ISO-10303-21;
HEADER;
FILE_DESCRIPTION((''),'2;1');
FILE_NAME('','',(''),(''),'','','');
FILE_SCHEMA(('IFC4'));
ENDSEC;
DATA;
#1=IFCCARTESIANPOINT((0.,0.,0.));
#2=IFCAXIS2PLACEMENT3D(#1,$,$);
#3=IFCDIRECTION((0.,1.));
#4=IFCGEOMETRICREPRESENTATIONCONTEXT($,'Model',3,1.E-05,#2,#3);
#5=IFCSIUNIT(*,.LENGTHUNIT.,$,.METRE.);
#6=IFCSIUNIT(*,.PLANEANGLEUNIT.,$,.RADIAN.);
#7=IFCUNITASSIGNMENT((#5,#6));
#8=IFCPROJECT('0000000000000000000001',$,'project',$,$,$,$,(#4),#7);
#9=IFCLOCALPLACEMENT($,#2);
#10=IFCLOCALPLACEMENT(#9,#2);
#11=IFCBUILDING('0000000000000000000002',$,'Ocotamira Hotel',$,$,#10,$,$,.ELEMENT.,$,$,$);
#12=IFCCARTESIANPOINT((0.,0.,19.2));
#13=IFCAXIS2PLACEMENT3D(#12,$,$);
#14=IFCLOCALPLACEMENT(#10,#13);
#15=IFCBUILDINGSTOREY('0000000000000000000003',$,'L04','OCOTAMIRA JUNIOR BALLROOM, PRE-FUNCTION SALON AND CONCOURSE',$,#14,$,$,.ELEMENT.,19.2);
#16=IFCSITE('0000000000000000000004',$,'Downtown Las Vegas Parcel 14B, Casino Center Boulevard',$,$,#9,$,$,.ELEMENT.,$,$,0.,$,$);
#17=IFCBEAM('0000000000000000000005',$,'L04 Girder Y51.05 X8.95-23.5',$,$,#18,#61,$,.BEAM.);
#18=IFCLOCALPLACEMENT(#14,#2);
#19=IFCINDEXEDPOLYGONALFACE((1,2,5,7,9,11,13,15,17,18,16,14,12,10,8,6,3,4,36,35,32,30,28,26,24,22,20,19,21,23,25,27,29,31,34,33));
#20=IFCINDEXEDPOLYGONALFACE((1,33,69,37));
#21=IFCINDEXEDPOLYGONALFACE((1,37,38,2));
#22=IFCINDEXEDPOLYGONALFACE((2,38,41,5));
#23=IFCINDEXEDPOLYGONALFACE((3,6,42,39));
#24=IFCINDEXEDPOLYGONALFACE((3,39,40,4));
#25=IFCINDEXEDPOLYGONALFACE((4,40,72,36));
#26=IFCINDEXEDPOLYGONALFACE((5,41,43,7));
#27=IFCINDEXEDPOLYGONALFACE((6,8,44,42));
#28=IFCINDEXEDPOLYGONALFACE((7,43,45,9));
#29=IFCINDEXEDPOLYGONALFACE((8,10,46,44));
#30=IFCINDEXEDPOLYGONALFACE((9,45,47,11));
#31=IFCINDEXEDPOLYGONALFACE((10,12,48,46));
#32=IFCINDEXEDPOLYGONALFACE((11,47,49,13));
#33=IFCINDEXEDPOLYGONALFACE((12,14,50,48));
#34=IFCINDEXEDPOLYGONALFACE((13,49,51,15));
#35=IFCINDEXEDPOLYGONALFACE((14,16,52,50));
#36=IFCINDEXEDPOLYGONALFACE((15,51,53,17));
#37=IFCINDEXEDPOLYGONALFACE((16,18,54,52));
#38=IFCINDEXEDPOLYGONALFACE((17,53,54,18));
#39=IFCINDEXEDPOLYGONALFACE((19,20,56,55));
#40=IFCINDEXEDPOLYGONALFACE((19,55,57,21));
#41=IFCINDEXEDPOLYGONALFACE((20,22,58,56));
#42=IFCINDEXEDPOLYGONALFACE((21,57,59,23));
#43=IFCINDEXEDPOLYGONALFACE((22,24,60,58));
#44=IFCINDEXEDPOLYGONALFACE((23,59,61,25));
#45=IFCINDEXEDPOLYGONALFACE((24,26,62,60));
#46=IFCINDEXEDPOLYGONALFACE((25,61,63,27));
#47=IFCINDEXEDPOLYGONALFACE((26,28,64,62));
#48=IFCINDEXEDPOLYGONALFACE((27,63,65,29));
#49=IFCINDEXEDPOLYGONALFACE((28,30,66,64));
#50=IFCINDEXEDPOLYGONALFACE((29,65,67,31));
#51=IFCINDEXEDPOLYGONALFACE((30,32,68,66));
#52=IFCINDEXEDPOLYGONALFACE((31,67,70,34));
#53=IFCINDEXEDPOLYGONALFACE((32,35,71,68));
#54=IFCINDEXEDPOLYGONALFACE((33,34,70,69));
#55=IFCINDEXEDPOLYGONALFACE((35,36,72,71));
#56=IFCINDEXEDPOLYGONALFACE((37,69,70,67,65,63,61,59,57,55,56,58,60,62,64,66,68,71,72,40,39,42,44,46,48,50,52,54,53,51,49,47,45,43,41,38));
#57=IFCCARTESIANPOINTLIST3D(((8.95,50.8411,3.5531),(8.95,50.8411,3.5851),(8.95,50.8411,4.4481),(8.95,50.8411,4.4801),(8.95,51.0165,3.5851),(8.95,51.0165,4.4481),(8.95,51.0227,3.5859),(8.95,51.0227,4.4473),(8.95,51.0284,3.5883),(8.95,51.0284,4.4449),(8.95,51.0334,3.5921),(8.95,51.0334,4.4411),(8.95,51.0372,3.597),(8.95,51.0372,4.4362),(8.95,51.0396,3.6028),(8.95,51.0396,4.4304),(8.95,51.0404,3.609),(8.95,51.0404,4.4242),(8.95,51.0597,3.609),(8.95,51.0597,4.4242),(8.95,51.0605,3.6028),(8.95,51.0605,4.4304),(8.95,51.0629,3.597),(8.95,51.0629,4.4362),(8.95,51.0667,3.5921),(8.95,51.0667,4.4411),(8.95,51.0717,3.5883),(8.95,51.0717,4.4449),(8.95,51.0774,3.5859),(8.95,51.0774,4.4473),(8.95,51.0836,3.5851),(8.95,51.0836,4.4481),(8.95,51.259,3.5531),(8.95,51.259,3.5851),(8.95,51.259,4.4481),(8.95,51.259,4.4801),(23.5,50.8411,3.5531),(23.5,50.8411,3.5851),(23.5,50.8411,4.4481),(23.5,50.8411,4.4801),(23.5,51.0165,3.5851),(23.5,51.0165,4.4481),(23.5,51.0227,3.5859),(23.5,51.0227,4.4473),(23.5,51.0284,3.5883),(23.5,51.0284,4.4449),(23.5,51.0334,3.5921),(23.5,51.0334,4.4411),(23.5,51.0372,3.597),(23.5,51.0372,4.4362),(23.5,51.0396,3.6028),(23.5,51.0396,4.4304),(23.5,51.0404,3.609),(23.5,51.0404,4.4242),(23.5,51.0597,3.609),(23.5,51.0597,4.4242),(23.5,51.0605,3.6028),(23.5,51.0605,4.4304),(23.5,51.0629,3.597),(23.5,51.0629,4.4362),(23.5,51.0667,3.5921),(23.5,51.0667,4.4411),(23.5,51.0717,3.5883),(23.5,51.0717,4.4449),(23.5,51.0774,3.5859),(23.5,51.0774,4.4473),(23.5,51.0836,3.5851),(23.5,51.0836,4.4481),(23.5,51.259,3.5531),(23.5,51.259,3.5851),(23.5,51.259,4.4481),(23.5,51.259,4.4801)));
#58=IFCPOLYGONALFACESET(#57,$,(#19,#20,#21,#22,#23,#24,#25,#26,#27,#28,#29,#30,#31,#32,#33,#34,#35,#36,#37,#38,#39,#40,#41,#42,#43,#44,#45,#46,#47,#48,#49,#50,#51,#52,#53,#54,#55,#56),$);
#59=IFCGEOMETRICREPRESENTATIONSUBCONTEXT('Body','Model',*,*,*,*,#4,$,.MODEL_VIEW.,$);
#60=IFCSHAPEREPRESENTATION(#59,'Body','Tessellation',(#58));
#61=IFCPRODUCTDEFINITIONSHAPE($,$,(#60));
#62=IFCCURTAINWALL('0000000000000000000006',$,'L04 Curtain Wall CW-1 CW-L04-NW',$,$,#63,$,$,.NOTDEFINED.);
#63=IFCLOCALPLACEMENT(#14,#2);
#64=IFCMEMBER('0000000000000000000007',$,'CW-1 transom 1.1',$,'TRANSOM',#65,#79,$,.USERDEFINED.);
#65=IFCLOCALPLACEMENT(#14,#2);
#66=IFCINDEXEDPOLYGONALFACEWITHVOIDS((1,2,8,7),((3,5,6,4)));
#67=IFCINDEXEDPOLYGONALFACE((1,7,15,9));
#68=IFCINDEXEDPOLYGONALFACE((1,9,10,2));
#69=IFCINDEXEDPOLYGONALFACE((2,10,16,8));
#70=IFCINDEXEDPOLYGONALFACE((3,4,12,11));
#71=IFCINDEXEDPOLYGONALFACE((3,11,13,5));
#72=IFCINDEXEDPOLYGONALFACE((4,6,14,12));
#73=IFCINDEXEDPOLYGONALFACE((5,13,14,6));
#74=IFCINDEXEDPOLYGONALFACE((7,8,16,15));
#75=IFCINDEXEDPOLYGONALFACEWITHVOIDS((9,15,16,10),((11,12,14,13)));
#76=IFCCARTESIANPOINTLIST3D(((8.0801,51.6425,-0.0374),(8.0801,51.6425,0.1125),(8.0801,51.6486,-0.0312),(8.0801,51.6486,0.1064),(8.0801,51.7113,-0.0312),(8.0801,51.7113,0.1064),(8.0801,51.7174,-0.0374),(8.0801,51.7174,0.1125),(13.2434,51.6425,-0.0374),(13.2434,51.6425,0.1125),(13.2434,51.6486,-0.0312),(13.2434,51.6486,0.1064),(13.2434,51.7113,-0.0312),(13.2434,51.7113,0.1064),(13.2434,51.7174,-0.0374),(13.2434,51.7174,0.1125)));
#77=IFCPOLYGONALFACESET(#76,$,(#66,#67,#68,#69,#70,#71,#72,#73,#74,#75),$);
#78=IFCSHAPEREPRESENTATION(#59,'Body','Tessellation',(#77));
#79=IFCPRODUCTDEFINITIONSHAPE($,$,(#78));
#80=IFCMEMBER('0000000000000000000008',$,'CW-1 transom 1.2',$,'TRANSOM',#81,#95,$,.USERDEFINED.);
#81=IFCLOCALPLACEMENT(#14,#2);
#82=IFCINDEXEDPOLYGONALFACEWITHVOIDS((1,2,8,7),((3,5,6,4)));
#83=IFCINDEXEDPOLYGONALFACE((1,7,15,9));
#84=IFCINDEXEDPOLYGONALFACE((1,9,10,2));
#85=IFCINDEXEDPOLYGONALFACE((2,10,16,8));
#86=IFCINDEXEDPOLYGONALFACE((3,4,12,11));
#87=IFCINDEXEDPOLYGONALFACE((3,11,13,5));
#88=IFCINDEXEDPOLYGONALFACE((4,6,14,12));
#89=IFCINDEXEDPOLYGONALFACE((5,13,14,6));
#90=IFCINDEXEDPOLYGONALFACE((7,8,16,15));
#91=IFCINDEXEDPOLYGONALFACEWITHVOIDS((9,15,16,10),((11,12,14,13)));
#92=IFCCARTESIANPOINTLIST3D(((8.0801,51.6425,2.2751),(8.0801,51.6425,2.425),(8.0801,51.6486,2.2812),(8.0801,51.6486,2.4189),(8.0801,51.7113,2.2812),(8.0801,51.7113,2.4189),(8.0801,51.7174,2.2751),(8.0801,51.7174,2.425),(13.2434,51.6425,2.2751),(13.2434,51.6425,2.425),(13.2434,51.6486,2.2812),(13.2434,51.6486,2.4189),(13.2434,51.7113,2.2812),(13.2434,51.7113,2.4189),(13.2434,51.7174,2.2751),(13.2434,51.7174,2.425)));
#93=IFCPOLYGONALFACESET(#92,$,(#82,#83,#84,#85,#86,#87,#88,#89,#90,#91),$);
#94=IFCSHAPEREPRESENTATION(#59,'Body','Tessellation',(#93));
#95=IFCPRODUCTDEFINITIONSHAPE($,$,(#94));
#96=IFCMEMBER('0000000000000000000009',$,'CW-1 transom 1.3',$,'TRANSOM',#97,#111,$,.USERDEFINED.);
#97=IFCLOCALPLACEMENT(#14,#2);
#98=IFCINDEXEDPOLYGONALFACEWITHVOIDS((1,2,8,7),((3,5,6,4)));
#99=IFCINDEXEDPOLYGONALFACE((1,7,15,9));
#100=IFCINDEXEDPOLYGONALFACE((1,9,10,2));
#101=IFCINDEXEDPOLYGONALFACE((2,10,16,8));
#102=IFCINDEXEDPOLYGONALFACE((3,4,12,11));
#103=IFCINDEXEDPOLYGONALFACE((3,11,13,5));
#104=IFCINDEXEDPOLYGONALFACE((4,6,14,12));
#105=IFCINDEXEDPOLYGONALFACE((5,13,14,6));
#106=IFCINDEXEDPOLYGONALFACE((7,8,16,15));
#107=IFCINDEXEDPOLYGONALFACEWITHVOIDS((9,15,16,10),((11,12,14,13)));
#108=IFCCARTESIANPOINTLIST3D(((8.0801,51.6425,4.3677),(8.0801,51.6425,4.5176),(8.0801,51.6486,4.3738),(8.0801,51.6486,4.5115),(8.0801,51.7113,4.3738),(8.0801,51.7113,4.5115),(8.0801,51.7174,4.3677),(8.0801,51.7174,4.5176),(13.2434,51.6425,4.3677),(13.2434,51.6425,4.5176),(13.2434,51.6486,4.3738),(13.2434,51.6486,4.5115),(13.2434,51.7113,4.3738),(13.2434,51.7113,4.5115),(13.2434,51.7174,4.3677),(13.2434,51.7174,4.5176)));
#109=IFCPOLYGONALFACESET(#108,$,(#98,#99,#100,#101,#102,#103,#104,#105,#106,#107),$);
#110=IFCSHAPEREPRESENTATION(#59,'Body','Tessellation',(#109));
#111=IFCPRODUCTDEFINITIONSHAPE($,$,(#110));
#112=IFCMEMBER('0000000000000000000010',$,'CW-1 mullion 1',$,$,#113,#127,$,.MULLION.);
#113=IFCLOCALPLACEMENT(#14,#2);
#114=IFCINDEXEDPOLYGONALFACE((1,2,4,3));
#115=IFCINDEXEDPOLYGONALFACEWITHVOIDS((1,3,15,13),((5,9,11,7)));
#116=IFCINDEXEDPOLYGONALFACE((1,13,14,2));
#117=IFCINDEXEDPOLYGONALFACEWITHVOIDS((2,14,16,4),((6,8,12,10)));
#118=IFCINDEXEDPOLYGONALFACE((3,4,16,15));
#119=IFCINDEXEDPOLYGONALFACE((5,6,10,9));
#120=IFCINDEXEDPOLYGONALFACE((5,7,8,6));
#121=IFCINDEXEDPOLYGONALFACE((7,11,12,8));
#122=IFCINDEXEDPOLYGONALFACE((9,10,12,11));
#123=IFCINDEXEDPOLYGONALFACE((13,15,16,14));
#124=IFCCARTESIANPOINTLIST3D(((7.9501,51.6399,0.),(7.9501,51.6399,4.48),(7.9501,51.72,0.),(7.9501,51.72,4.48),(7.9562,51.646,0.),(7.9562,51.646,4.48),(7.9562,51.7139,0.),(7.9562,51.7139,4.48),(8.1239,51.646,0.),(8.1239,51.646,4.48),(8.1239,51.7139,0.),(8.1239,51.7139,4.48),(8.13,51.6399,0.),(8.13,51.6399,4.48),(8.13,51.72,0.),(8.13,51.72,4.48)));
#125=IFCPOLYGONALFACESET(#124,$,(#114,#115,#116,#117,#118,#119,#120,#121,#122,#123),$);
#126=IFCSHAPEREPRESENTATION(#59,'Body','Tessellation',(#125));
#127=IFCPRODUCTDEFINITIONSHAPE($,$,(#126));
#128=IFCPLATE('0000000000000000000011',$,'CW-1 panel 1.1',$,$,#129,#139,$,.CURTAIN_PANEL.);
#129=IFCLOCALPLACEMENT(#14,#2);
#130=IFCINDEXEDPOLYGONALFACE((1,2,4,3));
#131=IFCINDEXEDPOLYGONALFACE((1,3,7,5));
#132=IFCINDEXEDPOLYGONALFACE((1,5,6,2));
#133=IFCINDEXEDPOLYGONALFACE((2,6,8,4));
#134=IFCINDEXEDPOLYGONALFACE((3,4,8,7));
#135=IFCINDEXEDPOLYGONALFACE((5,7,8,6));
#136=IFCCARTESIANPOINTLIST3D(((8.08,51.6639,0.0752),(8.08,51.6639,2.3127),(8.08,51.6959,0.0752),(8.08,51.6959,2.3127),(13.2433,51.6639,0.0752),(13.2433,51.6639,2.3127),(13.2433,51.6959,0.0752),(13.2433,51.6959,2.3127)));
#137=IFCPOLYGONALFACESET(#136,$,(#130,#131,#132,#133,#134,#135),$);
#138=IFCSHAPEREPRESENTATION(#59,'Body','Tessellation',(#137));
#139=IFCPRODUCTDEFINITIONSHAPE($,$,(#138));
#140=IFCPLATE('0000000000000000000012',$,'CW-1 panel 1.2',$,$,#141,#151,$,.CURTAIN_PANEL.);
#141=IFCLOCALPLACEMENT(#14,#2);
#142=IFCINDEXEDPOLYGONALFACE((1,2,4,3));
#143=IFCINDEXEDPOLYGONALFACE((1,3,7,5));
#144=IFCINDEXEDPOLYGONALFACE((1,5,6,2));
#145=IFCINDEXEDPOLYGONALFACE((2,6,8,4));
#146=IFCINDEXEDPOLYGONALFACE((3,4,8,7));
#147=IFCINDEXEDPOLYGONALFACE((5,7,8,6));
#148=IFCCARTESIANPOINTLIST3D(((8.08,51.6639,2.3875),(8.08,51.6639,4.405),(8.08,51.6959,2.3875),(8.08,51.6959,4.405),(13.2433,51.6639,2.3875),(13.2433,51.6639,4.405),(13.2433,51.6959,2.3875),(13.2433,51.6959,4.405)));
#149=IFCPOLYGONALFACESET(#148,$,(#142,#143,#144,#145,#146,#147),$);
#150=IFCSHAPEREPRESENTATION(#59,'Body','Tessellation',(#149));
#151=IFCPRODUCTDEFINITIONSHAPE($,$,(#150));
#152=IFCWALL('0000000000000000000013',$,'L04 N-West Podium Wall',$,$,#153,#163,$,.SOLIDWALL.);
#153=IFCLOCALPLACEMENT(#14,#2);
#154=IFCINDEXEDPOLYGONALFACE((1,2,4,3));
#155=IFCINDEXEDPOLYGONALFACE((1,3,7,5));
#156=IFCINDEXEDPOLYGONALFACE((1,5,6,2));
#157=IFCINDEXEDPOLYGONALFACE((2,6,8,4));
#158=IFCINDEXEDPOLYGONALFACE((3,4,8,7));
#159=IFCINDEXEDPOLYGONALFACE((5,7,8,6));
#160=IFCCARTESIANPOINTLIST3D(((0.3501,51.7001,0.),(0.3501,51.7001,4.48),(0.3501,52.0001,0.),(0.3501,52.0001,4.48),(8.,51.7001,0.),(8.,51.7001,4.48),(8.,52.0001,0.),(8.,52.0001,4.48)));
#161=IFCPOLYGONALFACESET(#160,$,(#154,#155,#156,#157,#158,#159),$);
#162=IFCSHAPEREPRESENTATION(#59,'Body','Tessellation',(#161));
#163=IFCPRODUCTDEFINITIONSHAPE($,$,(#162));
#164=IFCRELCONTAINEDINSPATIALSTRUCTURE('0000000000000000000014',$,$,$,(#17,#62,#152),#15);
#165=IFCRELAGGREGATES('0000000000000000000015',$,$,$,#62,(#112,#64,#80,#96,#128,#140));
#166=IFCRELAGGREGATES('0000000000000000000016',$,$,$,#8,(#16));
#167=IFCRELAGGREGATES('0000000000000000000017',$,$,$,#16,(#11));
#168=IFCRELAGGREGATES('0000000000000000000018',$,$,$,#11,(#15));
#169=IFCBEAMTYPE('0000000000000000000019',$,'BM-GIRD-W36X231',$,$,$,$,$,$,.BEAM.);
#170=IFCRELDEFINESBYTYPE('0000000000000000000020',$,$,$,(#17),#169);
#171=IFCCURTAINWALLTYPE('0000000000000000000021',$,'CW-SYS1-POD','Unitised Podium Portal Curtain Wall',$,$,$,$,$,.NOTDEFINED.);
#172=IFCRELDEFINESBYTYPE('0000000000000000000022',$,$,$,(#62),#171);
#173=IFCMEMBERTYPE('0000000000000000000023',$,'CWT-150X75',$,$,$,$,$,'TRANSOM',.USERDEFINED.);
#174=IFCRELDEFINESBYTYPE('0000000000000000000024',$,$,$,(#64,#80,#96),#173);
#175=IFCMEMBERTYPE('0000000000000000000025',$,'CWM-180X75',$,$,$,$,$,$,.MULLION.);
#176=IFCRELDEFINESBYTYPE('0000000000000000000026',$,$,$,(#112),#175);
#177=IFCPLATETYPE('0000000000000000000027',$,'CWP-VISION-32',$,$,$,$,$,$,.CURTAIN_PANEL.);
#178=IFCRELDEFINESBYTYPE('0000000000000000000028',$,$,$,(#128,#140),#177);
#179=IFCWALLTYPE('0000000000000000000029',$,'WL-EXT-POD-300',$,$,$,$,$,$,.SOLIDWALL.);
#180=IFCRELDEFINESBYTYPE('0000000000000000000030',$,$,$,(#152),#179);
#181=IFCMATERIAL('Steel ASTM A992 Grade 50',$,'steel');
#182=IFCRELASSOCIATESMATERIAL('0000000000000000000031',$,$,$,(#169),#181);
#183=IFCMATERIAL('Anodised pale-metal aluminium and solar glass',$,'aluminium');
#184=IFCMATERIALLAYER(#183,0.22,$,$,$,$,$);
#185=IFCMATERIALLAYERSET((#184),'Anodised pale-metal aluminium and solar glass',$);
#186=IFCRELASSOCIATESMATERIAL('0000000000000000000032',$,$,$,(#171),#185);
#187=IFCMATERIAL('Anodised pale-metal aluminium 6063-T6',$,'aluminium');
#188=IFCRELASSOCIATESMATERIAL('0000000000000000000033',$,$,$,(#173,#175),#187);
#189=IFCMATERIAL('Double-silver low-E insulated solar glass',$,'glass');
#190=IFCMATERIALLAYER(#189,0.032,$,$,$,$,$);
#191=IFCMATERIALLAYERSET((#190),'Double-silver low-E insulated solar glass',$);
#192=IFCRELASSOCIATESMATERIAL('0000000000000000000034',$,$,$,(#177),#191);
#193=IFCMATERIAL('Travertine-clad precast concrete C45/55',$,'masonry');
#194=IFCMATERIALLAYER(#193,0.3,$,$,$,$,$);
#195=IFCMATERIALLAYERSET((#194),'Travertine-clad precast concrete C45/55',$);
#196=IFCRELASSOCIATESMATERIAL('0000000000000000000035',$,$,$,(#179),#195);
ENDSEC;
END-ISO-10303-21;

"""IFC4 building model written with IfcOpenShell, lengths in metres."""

from ifc_helpers import new_model, si_unit, direction, frame, frame_2d, origin, origin_2d, place, context, subcontext, project, spatial, rectangle, hollow_rectangle, i_section, extrude, source, transform, mapped, material, layer, layer_set, material_profile, profile_set, type_object, element, aggregate, save


model = new_model("IFC4")

# Units and contexts
model_context = context("Model", 3, precision=1e-05, world=origin(), true_north=direction((0.0, 1.0)))
body_context = subcontext(model_context, "Body", "Model", "MODEL_VIEW")
ifc_project = project(units=[si_unit("LENGTHUNIT", "METRE"), si_unit("PLANEANGLEUNIT", "RADIAN")], contexts=[model_context])

# Site, building, storey
site_placement = place(None, origin())
site = spatial("IfcSite", under=ifc_project, at=site_placement, Name="Downtown Las Vegas Parcel 14B, Casino Center Boulevard", CompositionType="ELEMENT", RefElevation=0.0)
building_placement = place(site_placement, origin())
building = spatial("IfcBuilding", under=site, at=building_placement, Name="Ocotamira Hotel", CompositionType="ELEMENT")
storey_placement = place(building_placement, frame((0.0, 0.0, 19.2)))
storey = spatial("IfcBuildingStorey", under=building, at=storey_placement, Name="L04", Description="OCOTAMIRA JUNIOR BALLROOM, PRE-FUNCTION SALON AND CONCOURSE", CompositionType="ELEMENT", Elevation=19.2)

# Beam
ifc_material_1 = material(Name="Steel ASTM A992 Grade 50", Category="steel")
ifc_material_profile_1 = material_profile(ifc_material_1, i_section(OverallWidth=0.418, OverallDepth=0.927, WebThickness=0.0193, FlangeThickness=0.032, FilletRadius=0.0239, at=origin_2d()), Name="W36X231")
ifc_profile_set_1 = profile_set([ifc_material_profile_1], Name="Steel ASTM A992 Grade 50")
beam_type_1 = type_object("IfcBeamType", Name="BM-GIRD-W36X231", PredefinedType="BEAM", material=ifc_profile_set_1)
shared_shape_1 = source(origin(), body_context, "Body", "SweptSolid", [
    extrude(i_section(OverallWidth=0.418, OverallDepth=0.927, WebThickness=0.0193, FlangeThickness=0.032, FilletRadius=0.0239, at=origin_2d()), origin(), (0.0, 0.0, 1.0), 14.55),
])
for number, where, z_axis, x_axis, name in (
    (1, (8.95, 51.05, 4.0166), (1.0, 0.0, 0.0), (0.0, 1.0, 0.0), "L04 Girder Y51.05 X8.95-23.5"),
):
    element("IfcBeam", number, at=place(storey_placement, frame(where, z_axis=z_axis, x_axis=x_axis)), inside=storey, type_object=beam_type_1, Name=name, PredefinedType="BEAM", context=body_context, shape_type="MappedRepresentation", body=[
        mapped(shared_shape_1, transform((0.0, 0.0, 0.0), scale=1.0)),
    ])

# Curtain wall, members, plates
ifc_material_2 = material(Name="Anodised pale-metal aluminium and solar glass", Category="aluminium")
ifc_layer_1 = layer(ifc_material_2, 0.22)
ifc_layer_set_1 = layer_set([ifc_layer_1], Name="Anodised pale-metal aluminium and solar glass")
curtain_wall_type = type_object("IfcCurtainWallType", Name="CW-SYS1-POD", Description="Unitised Podium Portal Curtain Wall", PredefinedType="NOTDEFINED", material=ifc_layer_set_1)
curtain_wall_placement = place(storey_placement, origin())
curtain_wall = element("IfcCurtainWall", 2, at=curtain_wall_placement, inside=storey, type_object=curtain_wall_type, Name="L04 Curtain Wall CW-1 CW-L04-NW", PredefinedType="NOTDEFINED")
ifc_material_3 = material(Name="Anodised pale-metal aluminium 6063-T6", Category="aluminium")
ifc_material_profile_2 = material_profile(ifc_material_3, hollow_rectangle(XDim=0.075, YDim=0.1499, WallThickness=0.0061, at=origin_2d()), Name="HSS150X75X6")
ifc_profile_set_2 = profile_set([ifc_material_profile_2], Name="Anodised pale-metal aluminium 6063-T6")
member_type_1 = type_object("IfcMemberType", Name="CWT-150X75", ElementType="TRANSOM", PredefinedType="USERDEFINED", material=ifc_profile_set_2)
shared_shape_2 = source(origin(), body_context, "Body", "SweptSolid", [
    extrude(hollow_rectangle(XDim=0.075, YDim=0.1499, WallThickness=0.0061, at=origin_2d()), origin(), (0.0, 0.0, 1.0), 5.1633),
])
member_1_placement = place(storey_placement, frame((8.0801, 51.6799, 0.0376), z_axis=(1.0, 0.0, 0.0), x_axis=(0.0, 1.0, 0.0)))
member_1 = element("IfcMember", 3, at=member_1_placement, type_object=member_type_1, Name="CW-1 transom 1.1", ObjectType="TRANSOM", PredefinedType="USERDEFINED", context=body_context, shape_type="MappedRepresentation", body=[
    mapped(shared_shape_2, transform((0.0, 0.0, 0.0), scale=1.0)),
])
member_2_placement = place(storey_placement, frame((8.0801, 51.6799, 2.3501), z_axis=(1.0, 0.0, 0.0), x_axis=(0.0, 1.0, 0.0)))
member_2 = element("IfcMember", 4, at=member_2_placement, type_object=member_type_1, Name="CW-1 transom 1.2", ObjectType="TRANSOM", PredefinedType="USERDEFINED", context=body_context, shape_type="MappedRepresentation", body=[
    mapped(shared_shape_2, transform((0.0, 0.0, 0.0), scale=1.0)),
])
member_3_placement = place(storey_placement, frame((8.0801, 51.6799, 4.4426), z_axis=(1.0, 0.0, 0.0), x_axis=(0.0, 1.0, 0.0)))
member_3 = element("IfcMember", 5, at=member_3_placement, type_object=member_type_1, Name="CW-1 transom 1.3", ObjectType="TRANSOM", PredefinedType="USERDEFINED", context=body_context, shape_type="MappedRepresentation", body=[
    mapped(shared_shape_2, transform((0.0, 0.0, 0.0), scale=1.0)),
])
ifc_material_profile_3 = material_profile(ifc_material_3, hollow_rectangle(XDim=0.0801, YDim=0.1799, WallThickness=0.0061, at=origin_2d()), Name="HSS180X80X6")
ifc_profile_set_3 = profile_set([ifc_material_profile_3], Name="Anodised pale-metal aluminium 6063-T6")
member_type_2 = type_object("IfcMemberType", Name="CWM-180X75", PredefinedType="MULLION", material=ifc_profile_set_3)
shared_shape_3 = source(origin(), body_context, "Body", "SweptSolid", [
    extrude(hollow_rectangle(XDim=0.0801, YDim=0.1799, WallThickness=0.0061, at=origin_2d()), origin(), (0.0, 0.0, 1.0), 4.48),
])
member_4_placement = place(storey_placement, frame((8.04, 51.6799, 0.0), z_axis=(0.0, 0.0, 1.0), x_axis=(0.0, 1.0, 0.0)))
member_4 = element("IfcMember", 6, at=member_4_placement, type_object=member_type_2, Name="CW-1 mullion 1", PredefinedType="MULLION", context=body_context, shape_type="MappedRepresentation", body=[
    mapped(shared_shape_3, transform((0.0, 0.0, 0.0), scale=1.0)),
])
ifc_material_4 = material(Name="Double-silver low-E insulated solar glass", Category="glass")
ifc_layer_2 = layer(ifc_material_4, 0.032)
ifc_layer_set_2 = layer_set([ifc_layer_2], Name="Double-silver low-E insulated solar glass")
plate_type = type_object("IfcPlateType", Name="CWP-VISION-32", PredefinedType="CURTAIN_PANEL", material=ifc_layer_set_2)
shared_shape_4 = source(origin(), body_context, "Body", "SweptSolid", [
    extrude(rectangle(XDim=5.1633, YDim=0.032, at=origin_2d()), origin(), (0.0, 0.0, 1.0), 2.2375),
])
plate_1_placement = place(storey_placement, frame((10.6616, 51.6799, 0.0752), z_axis=(0.0, 0.0, 1.0), x_axis=(1.0, 0.0, 0.0)))
plate_1 = element("IfcPlate", 7, at=plate_1_placement, type_object=plate_type, Name="CW-1 panel 1.1", PredefinedType="CURTAIN_PANEL", context=body_context, shape_type="MappedRepresentation", body=[
    mapped(shared_shape_4, transform((0.0, 0.0, 0.0), scale=1.0)),
])
shared_shape_5 = source(origin(), body_context, "Body", "SweptSolid", [
    extrude(rectangle(XDim=5.1633, YDim=0.032, at=origin_2d()), origin(), (0.0, 0.0, 1.0), 2.0176),
])
plate_2_placement = place(storey_placement, frame((10.6616, 51.6799, 2.3875), z_axis=(0.0, 0.0, 1.0), x_axis=(1.0, 0.0, 0.0)))
plate_2 = element("IfcPlate", 8, at=plate_2_placement, type_object=plate_type, Name="CW-1 panel 1.2", PredefinedType="CURTAIN_PANEL", context=body_context, shape_type="MappedRepresentation", body=[
    mapped(shared_shape_5, transform((0.0, 0.0, 0.0), scale=1.0)),
])
aggregate(curtain_wall, [member_4, member_1, member_2, member_3, plate_1, plate_2])

# Wall
ifc_material_5 = material(Name="Travertine-clad precast concrete C45/55", Category="masonry")
ifc_layer_3 = layer(ifc_material_5, 0.3)
ifc_layer_set_3 = layer_set([ifc_layer_3], Name="Travertine-clad precast concrete C45/55")
wall_type_1 = type_object("IfcWallType", Name="WL-EXT-POD-300", PredefinedType="SOLIDWALL", material=ifc_layer_set_3)
wall_1_placement = place(storey_placement, frame((0.3501, 51.8501, 0.0), z_axis=(0.0, 0.0, 1.0), x_axis=(1.0, 0.0, 0.0)))
element("IfcWall", 9, at=wall_1_placement, inside=storey, type_object=wall_type_1, Name="L04 N-West Podium Wall", PredefinedType="SOLIDWALL", context=body_context, shape_type="SweptSolid", body=[
    extrude(rectangle(XDim=7.6499, YDim=0.3, at=frame_2d((3.825, 0.0))), origin(), (0.0, 0.0, 1.0), 4.48),
])

save(model, "model.ifc")
